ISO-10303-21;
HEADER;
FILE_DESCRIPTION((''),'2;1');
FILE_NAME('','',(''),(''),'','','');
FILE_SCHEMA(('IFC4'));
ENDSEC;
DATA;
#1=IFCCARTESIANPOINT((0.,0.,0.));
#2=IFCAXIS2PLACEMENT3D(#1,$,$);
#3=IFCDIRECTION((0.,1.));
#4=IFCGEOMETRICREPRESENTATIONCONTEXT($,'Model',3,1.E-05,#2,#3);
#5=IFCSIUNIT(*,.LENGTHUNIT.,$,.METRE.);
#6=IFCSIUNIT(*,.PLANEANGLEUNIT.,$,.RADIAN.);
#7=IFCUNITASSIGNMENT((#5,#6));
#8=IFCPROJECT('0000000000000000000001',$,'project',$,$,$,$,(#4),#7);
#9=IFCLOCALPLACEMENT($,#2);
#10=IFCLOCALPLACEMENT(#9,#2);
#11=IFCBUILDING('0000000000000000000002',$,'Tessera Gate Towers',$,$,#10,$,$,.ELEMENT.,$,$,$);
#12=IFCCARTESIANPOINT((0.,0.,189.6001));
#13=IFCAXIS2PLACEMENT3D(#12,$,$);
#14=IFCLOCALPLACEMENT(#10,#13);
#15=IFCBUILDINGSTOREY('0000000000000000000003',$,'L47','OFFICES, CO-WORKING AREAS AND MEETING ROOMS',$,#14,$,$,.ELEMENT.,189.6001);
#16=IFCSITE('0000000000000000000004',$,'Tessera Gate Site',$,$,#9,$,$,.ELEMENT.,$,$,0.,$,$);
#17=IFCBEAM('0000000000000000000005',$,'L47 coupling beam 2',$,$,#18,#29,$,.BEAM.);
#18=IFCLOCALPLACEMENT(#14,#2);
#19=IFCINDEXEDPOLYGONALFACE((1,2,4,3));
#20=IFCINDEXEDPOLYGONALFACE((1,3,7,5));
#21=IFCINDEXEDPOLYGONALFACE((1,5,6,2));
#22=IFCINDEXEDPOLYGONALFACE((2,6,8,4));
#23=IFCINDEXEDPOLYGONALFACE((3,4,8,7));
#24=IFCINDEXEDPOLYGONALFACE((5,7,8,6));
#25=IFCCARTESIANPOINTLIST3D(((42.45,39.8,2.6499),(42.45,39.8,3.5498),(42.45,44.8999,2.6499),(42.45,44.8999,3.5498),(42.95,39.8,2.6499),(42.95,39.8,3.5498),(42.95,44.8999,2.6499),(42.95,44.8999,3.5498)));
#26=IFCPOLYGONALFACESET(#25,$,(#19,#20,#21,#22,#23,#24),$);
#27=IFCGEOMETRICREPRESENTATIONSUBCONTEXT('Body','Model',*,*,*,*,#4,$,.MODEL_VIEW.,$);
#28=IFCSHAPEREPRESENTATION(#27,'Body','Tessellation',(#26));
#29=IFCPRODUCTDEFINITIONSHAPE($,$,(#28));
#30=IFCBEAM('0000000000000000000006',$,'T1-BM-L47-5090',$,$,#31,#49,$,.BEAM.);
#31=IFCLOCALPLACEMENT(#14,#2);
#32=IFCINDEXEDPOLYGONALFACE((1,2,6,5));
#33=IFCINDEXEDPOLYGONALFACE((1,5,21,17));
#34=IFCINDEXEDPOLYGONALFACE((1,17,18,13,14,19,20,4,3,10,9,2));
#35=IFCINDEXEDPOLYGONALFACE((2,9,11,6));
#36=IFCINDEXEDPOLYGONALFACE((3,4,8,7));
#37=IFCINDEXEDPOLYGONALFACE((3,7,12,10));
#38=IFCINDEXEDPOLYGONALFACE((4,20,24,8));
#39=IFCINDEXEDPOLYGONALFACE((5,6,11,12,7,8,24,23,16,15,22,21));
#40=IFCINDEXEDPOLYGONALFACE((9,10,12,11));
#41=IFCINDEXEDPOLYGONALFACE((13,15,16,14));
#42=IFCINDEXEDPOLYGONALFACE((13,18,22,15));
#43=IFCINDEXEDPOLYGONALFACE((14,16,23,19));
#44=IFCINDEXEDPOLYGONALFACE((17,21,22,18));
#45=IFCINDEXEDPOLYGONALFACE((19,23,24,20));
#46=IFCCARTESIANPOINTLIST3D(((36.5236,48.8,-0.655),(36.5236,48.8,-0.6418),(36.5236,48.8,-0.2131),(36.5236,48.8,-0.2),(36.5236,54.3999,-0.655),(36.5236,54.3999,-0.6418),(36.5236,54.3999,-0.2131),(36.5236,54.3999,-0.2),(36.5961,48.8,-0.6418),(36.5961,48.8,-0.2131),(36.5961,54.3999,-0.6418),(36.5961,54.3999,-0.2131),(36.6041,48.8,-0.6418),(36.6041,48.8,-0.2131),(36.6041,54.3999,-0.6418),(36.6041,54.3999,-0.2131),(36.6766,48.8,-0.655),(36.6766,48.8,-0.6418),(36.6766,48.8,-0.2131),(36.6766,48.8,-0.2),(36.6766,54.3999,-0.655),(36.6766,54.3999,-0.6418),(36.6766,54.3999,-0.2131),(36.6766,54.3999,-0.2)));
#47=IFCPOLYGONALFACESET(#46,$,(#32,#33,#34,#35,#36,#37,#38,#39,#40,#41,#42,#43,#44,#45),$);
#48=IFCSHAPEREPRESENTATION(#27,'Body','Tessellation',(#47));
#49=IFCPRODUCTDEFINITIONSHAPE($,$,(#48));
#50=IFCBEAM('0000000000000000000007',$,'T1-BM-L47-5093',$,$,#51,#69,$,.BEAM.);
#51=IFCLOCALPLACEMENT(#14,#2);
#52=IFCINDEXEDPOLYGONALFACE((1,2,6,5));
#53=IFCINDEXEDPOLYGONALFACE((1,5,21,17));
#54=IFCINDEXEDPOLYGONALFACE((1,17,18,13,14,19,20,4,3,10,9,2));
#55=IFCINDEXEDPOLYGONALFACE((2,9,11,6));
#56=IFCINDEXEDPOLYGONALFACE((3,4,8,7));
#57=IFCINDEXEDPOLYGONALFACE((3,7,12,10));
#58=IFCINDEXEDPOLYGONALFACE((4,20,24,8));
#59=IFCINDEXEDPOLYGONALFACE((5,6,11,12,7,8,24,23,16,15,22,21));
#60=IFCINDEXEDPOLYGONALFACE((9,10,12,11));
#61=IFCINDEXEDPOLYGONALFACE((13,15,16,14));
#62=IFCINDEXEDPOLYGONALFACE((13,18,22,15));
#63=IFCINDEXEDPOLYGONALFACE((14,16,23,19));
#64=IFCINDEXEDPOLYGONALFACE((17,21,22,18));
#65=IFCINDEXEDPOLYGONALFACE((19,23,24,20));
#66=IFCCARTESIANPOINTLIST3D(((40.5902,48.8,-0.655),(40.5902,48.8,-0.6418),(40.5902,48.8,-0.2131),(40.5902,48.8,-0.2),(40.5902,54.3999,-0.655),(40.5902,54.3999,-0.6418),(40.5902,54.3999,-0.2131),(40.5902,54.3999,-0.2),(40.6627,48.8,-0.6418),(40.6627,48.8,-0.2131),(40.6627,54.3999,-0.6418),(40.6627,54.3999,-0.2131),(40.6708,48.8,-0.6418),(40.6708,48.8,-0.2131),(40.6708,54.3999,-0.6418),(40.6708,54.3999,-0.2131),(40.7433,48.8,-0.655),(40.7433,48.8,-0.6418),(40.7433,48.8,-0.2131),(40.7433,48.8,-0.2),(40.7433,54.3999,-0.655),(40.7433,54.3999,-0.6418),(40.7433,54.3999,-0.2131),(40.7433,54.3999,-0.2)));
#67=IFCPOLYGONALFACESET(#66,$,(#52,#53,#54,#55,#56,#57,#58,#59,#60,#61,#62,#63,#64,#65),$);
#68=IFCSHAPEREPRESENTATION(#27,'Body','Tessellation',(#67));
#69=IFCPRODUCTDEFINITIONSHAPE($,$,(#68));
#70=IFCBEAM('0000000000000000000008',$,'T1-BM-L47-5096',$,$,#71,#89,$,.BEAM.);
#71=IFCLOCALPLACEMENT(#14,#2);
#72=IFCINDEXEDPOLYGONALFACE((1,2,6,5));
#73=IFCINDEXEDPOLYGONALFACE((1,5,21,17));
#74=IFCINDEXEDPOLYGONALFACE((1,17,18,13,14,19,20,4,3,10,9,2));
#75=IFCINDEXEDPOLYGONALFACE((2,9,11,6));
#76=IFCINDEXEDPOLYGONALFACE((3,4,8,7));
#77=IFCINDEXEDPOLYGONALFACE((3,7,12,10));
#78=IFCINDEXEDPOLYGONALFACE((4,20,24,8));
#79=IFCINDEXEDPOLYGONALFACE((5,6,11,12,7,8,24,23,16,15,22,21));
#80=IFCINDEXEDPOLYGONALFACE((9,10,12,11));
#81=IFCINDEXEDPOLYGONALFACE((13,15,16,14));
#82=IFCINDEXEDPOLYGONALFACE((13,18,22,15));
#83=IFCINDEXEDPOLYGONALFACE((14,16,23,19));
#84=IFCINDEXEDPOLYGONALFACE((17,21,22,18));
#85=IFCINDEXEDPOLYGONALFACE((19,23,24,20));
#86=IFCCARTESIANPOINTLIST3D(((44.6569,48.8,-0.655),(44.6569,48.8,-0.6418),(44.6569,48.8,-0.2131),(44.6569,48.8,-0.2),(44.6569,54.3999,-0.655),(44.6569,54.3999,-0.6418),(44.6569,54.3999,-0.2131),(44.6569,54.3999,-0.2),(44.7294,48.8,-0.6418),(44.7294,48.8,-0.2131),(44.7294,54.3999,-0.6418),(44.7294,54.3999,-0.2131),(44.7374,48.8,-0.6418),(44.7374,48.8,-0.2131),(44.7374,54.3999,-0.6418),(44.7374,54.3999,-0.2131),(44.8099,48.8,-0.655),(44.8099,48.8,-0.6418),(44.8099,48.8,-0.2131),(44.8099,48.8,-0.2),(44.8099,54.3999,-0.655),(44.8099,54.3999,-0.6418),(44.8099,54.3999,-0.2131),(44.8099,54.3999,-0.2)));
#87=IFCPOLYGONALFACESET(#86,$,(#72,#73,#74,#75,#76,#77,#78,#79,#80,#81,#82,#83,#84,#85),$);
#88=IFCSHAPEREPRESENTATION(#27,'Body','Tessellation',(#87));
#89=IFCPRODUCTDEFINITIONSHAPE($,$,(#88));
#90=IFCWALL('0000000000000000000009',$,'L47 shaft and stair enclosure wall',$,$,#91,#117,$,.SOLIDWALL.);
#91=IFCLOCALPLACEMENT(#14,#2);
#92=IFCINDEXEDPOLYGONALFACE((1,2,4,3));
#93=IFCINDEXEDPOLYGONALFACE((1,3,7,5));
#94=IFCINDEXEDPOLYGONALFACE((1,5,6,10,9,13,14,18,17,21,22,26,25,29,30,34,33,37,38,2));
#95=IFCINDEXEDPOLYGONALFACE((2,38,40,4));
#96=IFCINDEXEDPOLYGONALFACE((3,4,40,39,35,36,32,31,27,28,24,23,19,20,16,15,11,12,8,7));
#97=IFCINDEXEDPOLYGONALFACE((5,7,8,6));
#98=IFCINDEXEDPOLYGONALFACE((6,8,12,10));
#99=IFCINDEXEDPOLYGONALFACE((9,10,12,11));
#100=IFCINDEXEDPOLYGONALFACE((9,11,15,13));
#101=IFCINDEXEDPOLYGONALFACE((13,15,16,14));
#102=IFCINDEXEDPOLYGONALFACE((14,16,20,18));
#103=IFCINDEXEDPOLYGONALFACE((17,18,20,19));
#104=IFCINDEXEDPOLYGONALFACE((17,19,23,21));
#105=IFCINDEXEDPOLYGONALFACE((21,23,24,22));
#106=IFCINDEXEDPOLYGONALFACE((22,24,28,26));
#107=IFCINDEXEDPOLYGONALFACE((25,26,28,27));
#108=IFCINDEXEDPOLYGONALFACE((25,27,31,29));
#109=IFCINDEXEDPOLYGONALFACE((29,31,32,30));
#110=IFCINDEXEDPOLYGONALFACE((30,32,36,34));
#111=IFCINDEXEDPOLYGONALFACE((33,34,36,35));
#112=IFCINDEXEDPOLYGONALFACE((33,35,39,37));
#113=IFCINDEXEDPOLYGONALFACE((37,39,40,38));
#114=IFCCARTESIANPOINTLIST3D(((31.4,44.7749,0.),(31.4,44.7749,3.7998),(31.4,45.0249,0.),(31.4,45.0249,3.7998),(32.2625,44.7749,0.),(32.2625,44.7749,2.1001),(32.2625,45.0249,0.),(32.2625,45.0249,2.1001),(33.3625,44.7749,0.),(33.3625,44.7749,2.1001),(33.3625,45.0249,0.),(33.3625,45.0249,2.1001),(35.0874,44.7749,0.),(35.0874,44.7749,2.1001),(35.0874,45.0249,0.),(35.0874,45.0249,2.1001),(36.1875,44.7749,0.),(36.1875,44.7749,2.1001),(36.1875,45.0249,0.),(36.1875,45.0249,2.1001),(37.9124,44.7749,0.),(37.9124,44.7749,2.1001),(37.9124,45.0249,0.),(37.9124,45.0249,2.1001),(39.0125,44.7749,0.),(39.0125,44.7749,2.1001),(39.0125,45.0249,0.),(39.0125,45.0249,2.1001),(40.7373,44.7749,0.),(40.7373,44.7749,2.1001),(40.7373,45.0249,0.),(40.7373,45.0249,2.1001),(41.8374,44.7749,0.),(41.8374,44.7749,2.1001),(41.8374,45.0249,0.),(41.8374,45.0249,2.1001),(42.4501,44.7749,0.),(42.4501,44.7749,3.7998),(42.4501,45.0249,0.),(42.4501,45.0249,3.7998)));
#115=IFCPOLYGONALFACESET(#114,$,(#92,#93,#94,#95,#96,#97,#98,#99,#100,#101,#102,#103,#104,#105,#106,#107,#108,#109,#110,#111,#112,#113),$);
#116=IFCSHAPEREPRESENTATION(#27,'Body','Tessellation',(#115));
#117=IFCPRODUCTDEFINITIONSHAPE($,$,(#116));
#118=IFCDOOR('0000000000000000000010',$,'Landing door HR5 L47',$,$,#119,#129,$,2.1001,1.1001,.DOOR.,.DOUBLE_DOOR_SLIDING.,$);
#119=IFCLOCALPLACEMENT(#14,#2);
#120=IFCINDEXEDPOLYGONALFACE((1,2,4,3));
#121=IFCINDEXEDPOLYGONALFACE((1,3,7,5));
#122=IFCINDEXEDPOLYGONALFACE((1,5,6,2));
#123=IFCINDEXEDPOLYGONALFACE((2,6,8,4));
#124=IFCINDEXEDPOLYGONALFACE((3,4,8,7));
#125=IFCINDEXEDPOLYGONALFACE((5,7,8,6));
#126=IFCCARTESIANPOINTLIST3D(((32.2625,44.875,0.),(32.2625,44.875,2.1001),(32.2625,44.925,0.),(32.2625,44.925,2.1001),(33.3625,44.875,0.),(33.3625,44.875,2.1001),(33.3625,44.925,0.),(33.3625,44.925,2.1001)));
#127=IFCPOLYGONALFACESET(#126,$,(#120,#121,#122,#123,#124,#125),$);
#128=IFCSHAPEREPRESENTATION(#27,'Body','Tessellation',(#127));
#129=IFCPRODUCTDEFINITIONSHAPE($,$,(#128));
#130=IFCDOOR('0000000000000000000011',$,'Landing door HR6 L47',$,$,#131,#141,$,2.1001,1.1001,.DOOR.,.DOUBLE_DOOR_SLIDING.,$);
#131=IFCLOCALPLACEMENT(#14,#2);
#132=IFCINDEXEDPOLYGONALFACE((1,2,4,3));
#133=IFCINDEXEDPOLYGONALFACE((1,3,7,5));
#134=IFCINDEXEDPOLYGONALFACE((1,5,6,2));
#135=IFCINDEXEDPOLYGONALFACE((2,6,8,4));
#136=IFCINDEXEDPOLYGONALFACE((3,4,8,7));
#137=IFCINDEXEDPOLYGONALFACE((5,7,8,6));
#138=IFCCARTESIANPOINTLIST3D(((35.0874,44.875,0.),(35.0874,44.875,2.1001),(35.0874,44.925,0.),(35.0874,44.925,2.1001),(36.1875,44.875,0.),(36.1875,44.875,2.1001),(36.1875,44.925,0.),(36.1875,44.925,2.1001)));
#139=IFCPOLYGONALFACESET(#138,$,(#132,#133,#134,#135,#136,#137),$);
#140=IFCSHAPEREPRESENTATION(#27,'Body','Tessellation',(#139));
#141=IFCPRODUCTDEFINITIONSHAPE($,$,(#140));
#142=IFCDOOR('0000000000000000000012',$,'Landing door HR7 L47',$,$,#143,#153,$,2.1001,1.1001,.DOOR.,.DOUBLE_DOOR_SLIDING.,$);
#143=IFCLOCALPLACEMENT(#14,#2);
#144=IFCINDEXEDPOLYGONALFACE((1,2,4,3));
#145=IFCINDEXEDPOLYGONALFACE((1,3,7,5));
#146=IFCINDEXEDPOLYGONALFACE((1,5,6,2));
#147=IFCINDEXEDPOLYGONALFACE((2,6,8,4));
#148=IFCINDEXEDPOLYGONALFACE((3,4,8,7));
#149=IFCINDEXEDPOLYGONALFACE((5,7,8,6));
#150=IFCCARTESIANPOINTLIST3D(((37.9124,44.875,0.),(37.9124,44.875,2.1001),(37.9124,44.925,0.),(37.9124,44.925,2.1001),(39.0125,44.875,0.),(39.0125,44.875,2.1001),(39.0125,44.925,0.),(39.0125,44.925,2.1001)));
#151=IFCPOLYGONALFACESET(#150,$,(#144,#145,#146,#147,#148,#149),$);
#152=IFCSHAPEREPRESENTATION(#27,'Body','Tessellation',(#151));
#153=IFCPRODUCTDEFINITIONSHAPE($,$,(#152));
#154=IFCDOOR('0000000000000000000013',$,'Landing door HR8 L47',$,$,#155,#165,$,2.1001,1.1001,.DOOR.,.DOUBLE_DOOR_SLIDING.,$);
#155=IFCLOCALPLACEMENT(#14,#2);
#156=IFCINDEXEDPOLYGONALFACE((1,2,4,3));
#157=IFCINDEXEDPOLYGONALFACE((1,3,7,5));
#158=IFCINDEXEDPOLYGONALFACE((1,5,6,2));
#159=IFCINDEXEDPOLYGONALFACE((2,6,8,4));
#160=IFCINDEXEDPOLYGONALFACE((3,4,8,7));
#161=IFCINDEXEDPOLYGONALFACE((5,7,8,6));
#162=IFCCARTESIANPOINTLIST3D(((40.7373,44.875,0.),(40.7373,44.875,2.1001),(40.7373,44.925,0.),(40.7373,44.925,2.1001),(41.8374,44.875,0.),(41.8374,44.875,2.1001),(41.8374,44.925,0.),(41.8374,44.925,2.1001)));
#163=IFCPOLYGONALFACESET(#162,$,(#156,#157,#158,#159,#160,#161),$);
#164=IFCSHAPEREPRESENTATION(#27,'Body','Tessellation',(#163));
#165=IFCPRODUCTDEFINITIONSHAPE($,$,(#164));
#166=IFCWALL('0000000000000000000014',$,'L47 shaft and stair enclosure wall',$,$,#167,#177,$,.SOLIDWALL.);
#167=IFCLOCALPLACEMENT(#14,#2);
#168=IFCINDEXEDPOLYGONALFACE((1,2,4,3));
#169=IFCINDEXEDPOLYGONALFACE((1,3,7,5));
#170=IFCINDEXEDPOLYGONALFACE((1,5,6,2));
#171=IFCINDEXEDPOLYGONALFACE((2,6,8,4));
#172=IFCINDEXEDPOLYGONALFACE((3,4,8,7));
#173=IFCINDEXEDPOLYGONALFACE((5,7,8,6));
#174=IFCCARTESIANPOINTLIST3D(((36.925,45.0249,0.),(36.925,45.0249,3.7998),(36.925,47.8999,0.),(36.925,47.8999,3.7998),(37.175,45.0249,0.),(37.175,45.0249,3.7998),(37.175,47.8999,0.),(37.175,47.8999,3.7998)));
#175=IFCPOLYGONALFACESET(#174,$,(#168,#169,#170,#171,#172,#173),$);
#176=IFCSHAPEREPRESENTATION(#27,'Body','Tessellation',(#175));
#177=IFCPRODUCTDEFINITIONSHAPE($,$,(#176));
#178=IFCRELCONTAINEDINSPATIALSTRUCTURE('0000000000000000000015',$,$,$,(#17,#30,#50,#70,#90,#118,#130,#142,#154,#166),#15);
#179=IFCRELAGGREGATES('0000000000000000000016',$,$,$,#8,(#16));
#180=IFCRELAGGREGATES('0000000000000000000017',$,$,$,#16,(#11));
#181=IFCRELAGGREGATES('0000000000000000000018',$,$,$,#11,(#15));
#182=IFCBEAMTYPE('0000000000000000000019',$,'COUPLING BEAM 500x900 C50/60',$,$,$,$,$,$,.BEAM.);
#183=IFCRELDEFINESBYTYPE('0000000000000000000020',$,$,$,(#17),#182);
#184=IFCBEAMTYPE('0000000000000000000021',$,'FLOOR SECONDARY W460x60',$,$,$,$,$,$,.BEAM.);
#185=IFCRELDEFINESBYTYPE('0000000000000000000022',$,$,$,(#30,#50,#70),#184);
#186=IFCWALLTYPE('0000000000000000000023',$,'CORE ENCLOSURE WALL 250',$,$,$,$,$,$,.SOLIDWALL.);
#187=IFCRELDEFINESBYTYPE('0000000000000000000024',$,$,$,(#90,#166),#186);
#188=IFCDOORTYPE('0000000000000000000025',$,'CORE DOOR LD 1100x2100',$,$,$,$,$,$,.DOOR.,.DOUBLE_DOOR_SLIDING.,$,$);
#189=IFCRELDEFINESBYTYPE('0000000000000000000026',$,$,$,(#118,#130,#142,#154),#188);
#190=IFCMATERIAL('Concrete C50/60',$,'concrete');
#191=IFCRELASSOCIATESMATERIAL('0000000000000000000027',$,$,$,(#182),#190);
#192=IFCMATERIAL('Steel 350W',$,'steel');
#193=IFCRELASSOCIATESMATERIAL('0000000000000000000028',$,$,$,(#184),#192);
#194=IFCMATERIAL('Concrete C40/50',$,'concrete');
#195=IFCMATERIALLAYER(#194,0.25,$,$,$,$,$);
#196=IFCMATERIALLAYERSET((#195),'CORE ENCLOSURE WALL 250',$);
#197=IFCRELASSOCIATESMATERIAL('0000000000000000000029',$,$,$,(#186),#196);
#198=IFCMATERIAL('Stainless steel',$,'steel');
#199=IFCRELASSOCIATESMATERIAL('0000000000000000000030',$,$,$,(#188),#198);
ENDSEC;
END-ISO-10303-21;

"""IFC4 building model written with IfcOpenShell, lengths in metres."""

from ifc_helpers import new_model, si_unit, direction, frame, frame_2d, origin, origin_2d, place, context, subcontext, project, spatial, rectangle, i_section, extrude, source, transform, mapped, material, layer, layer_set, material_profile, profile_set, type_object, element, fill, save


model = new_model("IFC4")

# Units and contexts
model_context = context("Model", 3, precision=1e-05, world=origin(), true_north=direction((0.0, 1.0)))
body_context = subcontext(model_context, "Body", "Model", "MODEL_VIEW")
ifc_project = project(units=[si_unit("LENGTHUNIT", "METRE"), si_unit("PLANEANGLEUNIT", "RADIAN")], contexts=[model_context])

# Site, building, storey
site_placement = place(None, origin())
site = spatial("IfcSite", under=ifc_project, at=site_placement, Name="Tessera Gate Site", CompositionType="ELEMENT", RefElevation=0.0)
building_placement = place(site_placement, origin())
building = spatial("IfcBuilding", under=site, at=building_placement, Name="Tessera Gate Towers", CompositionType="ELEMENT")
storey_placement = place(building_placement, frame((0.0, 0.0, 189.6001)))
storey = spatial("IfcBuildingStorey", under=building, at=storey_placement, Name="L47", Description="OFFICES, CO-WORKING AREAS AND MEETING ROOMS", CompositionType="ELEMENT", Elevation=189.6001)

# Beams
ifc_material_1 = material(Name="Concrete C50/60", Category="concrete")
ifc_material_profile_1 = material_profile(ifc_material_1, rectangle(XDim=0.5, YDim=0.8999, at=origin_2d()), Name="RC 500x900")
ifc_profile_set_1 = profile_set([ifc_material_profile_1], Name="Concrete C50/60")
beam_type_1 = type_object("IfcBeamType", Name="COUPLING BEAM 500x900 C50/60", PredefinedType="BEAM", material=ifc_profile_set_1)
beam_placement = place(storey_placement, frame((42.7, 39.8, 3.0999), z_axis=(0.0, 1.0, 0.0), x_axis=(-1.0, 0.0, 0.0)))
element("IfcBeam", 1, at=beam_placement, inside=storey, type_object=beam_type_1, Name="L47 coupling beam 2", PredefinedType="BEAM", context=body_context, shape_type="SweptSolid", body=[
    extrude(rectangle(XDim=0.5, YDim=0.8999, at=origin_2d()), origin(), (0.0, 0.0, 1.0), 5.0999),
])
ifc_material_2 = material(Name="Steel 350W", Category="steel")
ifc_material_profile_2 = material_profile(ifc_material_2, i_section(OverallWidth=0.1531, OverallDepth=0.4551, WebThickness=0.0081, FlangeThickness=0.0132, at=origin_2d()), Name="W460x60")
ifc_profile_set_2 = profile_set([ifc_material_profile_2], Name="Steel 350W")
beam_type_2 = type_object("IfcBeamType", Name="FLOOR SECONDARY W460x60", PredefinedType="BEAM", material=ifc_profile_set_2)
for number, where, z_axis, x_axis, name in (
    (2, (36.6001, 48.8, -0.4275), (0.0, 1.0, 0.0), (-1.0, 0.0, 0.0), "T1-BM-L47-5090"),
    (3, (40.6667, 48.8, -0.4275), (0.0, 1.0, 0.0), (-1.0, 0.0, 0.0), "T1-BM-L47-5093"),
    (4, (44.7334, 48.8, -0.4275), (0.0, 1.0, 0.0), (-1.0, 0.0, 0.0), "T1-BM-L47-5096"),
):
    element("IfcBeam", number, at=place(storey_placement, frame(where, z_axis=z_axis, x_axis=x_axis)), inside=storey, type_object=beam_type_2, Name=name, PredefinedType="BEAM", context=body_context, shape_type="SweptSolid", body=[
        extrude(i_section(OverallWidth=0.1531, OverallDepth=0.4551, WebThickness=0.0081, FlangeThickness=0.0132, at=origin_2d()), origin(), (0.0, 0.0, 1.0), 5.5999),
    ])

# Wall, openings, doors
ifc_material_3 = material(Name="Concrete C40/50", Category="concrete")
ifc_layer_1 = layer(ifc_material_3, 0.25)
ifc_layer_set_1 = layer_set([ifc_layer_1], Name="CORE ENCLOSURE WALL 250")
wall_type_1 = type_object("IfcWallType", Name="CORE ENCLOSURE WALL 250", PredefinedType="SOLIDWALL", material=ifc_layer_set_1)
wall_1_placement = place(storey_placement, frame((42.45, 44.8999, 0.0), z_axis=(0.0, 0.0, 1.0), x_axis=(-1.0, 0.0, 0.0)))
wall_1 = element("IfcWall", 5, at=wall_1_placement, inside=storey, type_object=wall_type_1, Name="L47 shaft and stair enclosure wall", PredefinedType="SOLIDWALL", context=body_context, shape_type="SweptSolid", body=[
    extrude(rectangle(XDim=11.05, YDim=0.25, at=frame_2d((5.5249, 0.0))), origin(), (0.0, 0.0, 1.0), 3.7998),
])
shared_shape_1 = source(origin(), body_context, "Body", "SweptSolid", [
    extrude(rectangle(XDim=1.1001, YDim=2.1001, at=frame_2d((0.55, 1.05))), frame((0.0, 0.135, 0.0), z_axis=(0.0, -1.0, 0.0), x_axis=(1.0, 0.0, 0.0)), (0.0, 0.0, 1.0), 0.27),
])
opening_1_placement = place(wall_1_placement, frame((9.0874, 0.0, 0.0)))
opening_1 = element("IfcOpeningElement", 6, at=opening_1_placement, cuts=wall_1, PredefinedType="OPENING", context=body_context, shape_type="MappedRepresentation", body=[
    mapped(shared_shape_1, transform((0.0, 0.0, 0.0), scale=1.0)),
])
opening_2_placement = place(wall_1_placement, frame((6.2625, 0.0, 0.0)))
opening_2 = element("IfcOpeningElement", 7, at=opening_2_placement, cuts=wall_1, PredefinedType="OPENING", context=body_context, shape_type="MappedRepresentation", body=[
    mapped(shared_shape_1, transform((0.0, 0.0, 0.0), scale=1.0)),
])
opening_3_placement = place(wall_1_placement, frame((3.4375, 0.0, 0.0)))
opening_3 = element("IfcOpeningElement", 8, at=opening_3_placement, cuts=wall_1, PredefinedType="OPENING", context=body_context, shape_type="MappedRepresentation", body=[
    mapped(shared_shape_1, transform((0.0, 0.0, 0.0), scale=1.0)),
])
opening_4_placement = place(wall_1_placement, frame((0.6125, 0.0, 0.0)))
opening_4 = element("IfcOpeningElement", 9, at=opening_4_placement, cuts=wall_1, PredefinedType="OPENING", context=body_context, shape_type="MappedRepresentation", body=[
    mapped(shared_shape_1, transform((0.0, 0.0, 0.0), scale=1.0)),
])
ifc_material_4 = material(Name="Stainless steel", Category="steel")
door_type_1 = type_object("IfcDoorType", Name="CORE DOOR LD 1100x2100", OperationType="DOUBLE_DOOR_SLIDING", PredefinedType="DOOR", material=ifc_material_4)
shared_shape_2 = source(origin(), body_context, "Body", "SweptSolid", [
    extrude(rectangle(XDim=1.1001, YDim=2.1001, at=frame_2d((0.55, 1.05))), frame((0.0, 0.0249, 0.0), z_axis=(0.0, -1.0, 0.0), x_axis=(1.0, 0.0, 0.0)), (0.0, 0.0, 1.0), 0.05),
])
door_1_placement = place(opening_1_placement, origin())
door_1 = element("IfcDoor", 10, at=door_1_placement, inside=storey, type_object=door_type_1, Name="Landing door HR5 L47", OperationType="DOUBLE_DOOR_SLIDING", OverallHeight=2.1001, OverallWidth=1.1001, PredefinedType="DOOR", context=body_context, shape_type="MappedRepresentation", body=[
    mapped(shared_shape_2, transform((0.0, 0.0, 0.0), scale=1.0)),
])
fill(opening_1, door_1)
door_2_placement = place(opening_2_placement, origin())
door_2 = element("IfcDoor", 11, at=door_2_placement, inside=storey, type_object=door_type_1, Name="Landing door HR6 L47", OperationType="DOUBLE_DOOR_SLIDING", OverallHeight=2.1001, OverallWidth=1.1001, PredefinedType="DOOR", context=body_context, shape_type="MappedRepresentation", body=[
    mapped(shared_shape_2, transform((0.0, 0.0, 0.0), scale=1.0)),
])
fill(opening_2, door_2)
door_3_placement = place(opening_3_placement, origin())
door_3 = element("IfcDoor", 12, at=door_3_placement, inside=storey, type_object=door_type_1, Name="Landing door HR7 L47", OperationType="DOUBLE_DOOR_SLIDING", OverallHeight=2.1001, OverallWidth=1.1001, PredefinedType="DOOR", context=body_context, shape_type="MappedRepresentation", body=[
    mapped(shared_shape_2, transform((0.0, 0.0, 0.0), scale=1.0)),
])
fill(opening_3, door_3)
door_4_placement = place(opening_4_placement, origin())
door_4 = element("IfcDoor", 13, at=door_4_placement, inside=storey, type_object=door_type_1, Name="Landing door HR8 L47", OperationType="DOUBLE_DOOR_SLIDING", OverallHeight=2.1001, OverallWidth=1.1001, PredefinedType="DOOR", context=body_context, shape_type="MappedRepresentation", body=[
    mapped(shared_shape_2, transform((0.0, 0.0, 0.0), scale=1.0)),
])
fill(opening_4, door_4)

# Wall
for number, where, z_axis, x_axis, name in (
    (14, (37.05, 45.0249, 0.0), (0.0, 0.0, 1.0), (0.0, 1.0, 0.0), "L47 shaft and stair enclosure wall"),
):
    element("IfcWall", number, at=place(storey_placement, frame(where, z_axis=z_axis, x_axis=x_axis)), inside=storey, type_object=wall_type_1, Name=name, PredefinedType="SOLIDWALL", context=body_context, shape_type="SweptSolid", body=[
        extrude(rectangle(XDim=2.875, YDim=0.25, at=frame_2d((1.4375, 0.0))), origin(), (0.0, 0.0, 1.0), 3.7998),
    ])

save(model, "model.ifc")
